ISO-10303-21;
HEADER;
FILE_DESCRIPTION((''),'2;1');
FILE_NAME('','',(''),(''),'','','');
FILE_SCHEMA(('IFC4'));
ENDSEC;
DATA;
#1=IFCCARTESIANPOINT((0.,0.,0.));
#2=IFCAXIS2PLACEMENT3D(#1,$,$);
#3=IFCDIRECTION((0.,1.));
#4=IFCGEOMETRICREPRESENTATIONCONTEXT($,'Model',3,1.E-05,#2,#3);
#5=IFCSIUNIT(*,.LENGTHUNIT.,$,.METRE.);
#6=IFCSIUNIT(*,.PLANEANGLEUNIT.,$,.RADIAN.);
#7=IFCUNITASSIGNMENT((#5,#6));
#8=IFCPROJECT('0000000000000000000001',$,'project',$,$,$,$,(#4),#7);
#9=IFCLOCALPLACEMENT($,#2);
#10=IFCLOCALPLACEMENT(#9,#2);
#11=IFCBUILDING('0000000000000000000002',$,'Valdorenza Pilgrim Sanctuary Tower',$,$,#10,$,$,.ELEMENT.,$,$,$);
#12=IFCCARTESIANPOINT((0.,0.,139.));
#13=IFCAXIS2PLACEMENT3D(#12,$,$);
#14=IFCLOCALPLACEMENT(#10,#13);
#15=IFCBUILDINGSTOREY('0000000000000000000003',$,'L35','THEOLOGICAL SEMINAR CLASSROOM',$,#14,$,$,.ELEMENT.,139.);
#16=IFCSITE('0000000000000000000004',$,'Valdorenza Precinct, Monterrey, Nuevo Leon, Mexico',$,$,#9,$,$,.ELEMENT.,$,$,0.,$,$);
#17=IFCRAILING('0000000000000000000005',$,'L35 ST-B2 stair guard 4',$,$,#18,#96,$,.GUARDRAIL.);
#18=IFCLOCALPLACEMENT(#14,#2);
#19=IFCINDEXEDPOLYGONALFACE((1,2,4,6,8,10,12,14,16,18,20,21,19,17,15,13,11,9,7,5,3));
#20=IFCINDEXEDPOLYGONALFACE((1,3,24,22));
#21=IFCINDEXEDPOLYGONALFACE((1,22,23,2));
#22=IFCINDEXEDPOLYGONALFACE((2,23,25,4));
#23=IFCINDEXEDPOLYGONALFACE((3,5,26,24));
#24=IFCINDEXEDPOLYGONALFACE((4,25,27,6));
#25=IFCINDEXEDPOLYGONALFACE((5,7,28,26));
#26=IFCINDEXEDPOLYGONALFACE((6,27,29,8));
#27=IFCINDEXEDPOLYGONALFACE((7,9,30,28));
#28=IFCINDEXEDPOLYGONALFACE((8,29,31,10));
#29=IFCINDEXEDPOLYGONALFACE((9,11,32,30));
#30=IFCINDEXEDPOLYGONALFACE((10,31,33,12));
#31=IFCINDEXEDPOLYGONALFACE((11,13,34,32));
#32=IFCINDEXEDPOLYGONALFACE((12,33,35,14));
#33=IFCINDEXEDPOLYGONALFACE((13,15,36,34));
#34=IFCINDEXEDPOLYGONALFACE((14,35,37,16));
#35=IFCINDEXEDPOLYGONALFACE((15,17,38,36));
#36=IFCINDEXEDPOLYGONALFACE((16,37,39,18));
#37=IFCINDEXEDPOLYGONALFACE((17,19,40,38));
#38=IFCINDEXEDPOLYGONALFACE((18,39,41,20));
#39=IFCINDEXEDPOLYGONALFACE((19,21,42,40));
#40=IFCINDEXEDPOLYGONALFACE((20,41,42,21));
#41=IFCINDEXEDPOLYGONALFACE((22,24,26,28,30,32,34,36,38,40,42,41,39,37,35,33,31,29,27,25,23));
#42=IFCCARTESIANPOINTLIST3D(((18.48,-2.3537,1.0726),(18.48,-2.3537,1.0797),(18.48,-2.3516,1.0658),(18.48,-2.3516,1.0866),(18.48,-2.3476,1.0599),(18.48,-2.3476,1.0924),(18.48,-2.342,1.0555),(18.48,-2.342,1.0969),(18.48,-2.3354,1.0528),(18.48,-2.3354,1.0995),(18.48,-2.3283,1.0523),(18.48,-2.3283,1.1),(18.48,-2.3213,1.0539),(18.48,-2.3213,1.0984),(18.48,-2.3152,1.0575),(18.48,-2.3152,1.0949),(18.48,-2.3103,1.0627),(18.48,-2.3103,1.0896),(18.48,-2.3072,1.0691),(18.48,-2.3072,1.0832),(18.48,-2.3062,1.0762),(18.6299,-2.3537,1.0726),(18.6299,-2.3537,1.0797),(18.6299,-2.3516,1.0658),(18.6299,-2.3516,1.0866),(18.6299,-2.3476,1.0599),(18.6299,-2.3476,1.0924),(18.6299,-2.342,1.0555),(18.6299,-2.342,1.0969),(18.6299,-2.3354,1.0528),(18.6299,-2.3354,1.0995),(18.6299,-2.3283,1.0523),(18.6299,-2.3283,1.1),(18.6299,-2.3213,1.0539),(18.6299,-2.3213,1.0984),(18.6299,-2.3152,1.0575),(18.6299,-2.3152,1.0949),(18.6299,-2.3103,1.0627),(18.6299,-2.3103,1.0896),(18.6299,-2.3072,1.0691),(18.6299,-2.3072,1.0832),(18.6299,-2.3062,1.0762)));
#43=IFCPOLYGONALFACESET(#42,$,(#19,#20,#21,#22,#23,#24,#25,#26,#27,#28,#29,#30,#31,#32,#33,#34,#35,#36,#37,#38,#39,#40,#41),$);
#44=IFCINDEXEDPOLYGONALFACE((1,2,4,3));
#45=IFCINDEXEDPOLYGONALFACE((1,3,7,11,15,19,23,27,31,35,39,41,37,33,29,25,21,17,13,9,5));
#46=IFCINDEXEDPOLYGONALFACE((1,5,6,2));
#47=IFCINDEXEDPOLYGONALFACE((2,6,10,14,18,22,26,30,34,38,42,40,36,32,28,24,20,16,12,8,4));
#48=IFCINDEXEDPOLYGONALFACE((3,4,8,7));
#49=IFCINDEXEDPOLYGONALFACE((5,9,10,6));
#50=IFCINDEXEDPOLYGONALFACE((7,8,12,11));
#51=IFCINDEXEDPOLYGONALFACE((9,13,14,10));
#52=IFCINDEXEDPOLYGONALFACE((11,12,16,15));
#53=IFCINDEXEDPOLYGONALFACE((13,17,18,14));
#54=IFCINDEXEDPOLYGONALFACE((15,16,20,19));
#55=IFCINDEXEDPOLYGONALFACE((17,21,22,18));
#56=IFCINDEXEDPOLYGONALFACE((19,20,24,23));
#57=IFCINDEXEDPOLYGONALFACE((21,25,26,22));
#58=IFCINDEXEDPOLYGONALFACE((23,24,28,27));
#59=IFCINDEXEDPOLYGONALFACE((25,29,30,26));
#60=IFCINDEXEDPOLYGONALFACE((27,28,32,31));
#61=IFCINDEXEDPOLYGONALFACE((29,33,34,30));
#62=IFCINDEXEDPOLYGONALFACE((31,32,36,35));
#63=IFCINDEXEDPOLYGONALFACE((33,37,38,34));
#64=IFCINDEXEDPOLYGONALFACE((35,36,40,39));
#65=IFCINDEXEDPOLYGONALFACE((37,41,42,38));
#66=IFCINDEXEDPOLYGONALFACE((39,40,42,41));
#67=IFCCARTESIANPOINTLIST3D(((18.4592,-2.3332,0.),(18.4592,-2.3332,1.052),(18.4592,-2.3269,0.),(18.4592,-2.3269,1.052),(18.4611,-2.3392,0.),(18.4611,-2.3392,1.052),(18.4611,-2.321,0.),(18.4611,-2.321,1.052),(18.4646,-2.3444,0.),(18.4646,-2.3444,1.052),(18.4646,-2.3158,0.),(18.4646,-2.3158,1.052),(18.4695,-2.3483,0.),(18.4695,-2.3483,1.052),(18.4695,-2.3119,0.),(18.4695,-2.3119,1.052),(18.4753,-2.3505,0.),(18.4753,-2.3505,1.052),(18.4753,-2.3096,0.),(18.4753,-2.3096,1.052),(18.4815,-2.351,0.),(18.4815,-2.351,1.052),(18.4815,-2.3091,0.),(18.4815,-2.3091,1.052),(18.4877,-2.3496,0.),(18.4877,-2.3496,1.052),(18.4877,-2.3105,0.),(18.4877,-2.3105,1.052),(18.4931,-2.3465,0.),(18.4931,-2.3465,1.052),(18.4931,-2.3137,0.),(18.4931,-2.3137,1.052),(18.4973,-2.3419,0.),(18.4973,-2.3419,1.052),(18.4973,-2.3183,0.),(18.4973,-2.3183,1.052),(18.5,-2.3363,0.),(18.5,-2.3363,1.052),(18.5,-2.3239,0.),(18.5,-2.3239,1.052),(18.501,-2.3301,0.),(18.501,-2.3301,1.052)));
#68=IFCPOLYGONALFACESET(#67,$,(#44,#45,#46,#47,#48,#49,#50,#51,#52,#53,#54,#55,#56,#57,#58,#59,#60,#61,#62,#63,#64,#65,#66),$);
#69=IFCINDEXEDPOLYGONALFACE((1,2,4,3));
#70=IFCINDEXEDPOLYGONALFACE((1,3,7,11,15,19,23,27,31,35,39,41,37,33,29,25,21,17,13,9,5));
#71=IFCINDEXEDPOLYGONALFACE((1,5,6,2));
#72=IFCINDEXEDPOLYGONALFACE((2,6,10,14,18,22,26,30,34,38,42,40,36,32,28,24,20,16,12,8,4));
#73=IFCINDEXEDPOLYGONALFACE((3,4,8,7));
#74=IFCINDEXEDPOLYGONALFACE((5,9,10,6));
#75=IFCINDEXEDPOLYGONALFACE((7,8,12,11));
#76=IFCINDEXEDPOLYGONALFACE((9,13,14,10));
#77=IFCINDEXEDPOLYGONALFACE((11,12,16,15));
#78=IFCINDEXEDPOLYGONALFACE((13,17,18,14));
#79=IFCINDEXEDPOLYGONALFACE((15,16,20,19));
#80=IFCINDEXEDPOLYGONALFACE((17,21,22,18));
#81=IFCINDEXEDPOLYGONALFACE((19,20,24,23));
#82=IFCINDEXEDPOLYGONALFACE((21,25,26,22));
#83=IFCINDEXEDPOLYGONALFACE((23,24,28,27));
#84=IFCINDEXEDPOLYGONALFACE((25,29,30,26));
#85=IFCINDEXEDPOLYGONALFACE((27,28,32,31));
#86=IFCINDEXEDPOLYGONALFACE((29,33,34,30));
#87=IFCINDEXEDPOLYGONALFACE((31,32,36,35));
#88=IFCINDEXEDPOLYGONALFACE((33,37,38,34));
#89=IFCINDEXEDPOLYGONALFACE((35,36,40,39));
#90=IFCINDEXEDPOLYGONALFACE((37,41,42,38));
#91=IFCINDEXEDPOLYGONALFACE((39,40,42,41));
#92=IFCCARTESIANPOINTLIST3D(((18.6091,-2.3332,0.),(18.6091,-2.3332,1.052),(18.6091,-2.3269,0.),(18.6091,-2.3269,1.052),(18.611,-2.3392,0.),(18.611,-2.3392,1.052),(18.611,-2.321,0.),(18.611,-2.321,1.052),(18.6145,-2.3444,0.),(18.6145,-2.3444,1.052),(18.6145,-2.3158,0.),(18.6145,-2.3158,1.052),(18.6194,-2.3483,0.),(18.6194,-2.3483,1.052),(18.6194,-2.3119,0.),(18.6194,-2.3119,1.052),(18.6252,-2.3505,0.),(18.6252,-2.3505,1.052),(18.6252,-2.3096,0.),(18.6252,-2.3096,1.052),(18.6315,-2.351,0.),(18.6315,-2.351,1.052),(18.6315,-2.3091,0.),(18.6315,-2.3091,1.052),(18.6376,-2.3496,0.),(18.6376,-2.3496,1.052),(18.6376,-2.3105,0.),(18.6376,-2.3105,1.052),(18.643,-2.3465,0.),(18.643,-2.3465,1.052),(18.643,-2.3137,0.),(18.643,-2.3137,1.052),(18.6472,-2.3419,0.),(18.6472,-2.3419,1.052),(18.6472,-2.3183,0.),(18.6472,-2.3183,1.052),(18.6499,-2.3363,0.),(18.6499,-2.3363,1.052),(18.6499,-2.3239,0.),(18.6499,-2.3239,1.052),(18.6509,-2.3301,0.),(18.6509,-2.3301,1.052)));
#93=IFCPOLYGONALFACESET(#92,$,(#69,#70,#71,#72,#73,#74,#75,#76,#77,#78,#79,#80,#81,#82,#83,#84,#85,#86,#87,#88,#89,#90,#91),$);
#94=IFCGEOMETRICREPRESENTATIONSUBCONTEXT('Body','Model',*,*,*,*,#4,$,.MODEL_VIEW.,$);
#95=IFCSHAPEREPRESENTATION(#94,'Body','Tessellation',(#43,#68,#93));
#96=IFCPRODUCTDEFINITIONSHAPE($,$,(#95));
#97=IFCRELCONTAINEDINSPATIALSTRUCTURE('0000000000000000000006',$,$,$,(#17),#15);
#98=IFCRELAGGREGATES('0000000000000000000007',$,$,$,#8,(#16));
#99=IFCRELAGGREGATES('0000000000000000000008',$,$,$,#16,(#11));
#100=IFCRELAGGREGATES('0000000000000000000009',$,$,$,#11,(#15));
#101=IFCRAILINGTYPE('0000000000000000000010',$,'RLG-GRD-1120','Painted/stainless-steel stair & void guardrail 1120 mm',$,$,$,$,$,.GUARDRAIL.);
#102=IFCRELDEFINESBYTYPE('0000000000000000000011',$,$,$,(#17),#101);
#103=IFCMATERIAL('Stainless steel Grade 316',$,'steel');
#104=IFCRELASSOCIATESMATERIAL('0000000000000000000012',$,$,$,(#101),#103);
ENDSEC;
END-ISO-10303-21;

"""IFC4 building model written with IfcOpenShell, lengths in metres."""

from ifc_helpers import new_model, si_unit, direction, frame, origin, origin_2d, place, context, subcontext, project, spatial, circle, extrude, material, type_object, element, save


model = new_model("IFC4")

# Units and contexts
model_context = context("Model", 3, precision=1e-05, world=origin(), true_north=direction((0.0, 1.0)))
body_context = subcontext(model_context, "Body", "Model", "MODEL_VIEW")
ifc_project = project(units=[si_unit("LENGTHUNIT", "METRE"), si_unit("PLANEANGLEUNIT", "RADIAN")], contexts=[model_context])

# Site, building, storey
site_placement = place(None, origin())
site = spatial("IfcSite", under=ifc_project, at=site_placement, Name="Valdorenza Precinct, Monterrey, Nuevo Leon, Mexico", CompositionType="ELEMENT", RefElevation=0.0)
building_placement = place(site_placement, origin())
building = spatial("IfcBuilding", under=site, at=building_placement, Name="Valdorenza Pilgrim Sanctuary Tower", CompositionType="ELEMENT")
storey_placement = place(building_placement, frame((0.0, 0.0, 139.0)))
storey = spatial("IfcBuildingStorey", under=building, at=storey_placement, Name="L35", Description="THEOLOGICAL SEMINAR CLASSROOM", CompositionType="ELEMENT", Elevation=139.0)

# Railing
ifc_material_1 = material(Name="Stainless steel Grade 316", Category="steel")
railing_type_1 = type_object("IfcRailingType", Name="RLG-GRD-1120", Description="Painted/stainless-steel stair & void guardrail 1120 mm", PredefinedType="GUARDRAIL", material=ifc_material_1)
railing_1_placement = place(storey_placement, frame((18.48, -2.3301, 0.0)))
element("IfcRailing", 1, at=railing_1_placement, inside=storey, type_object=railing_type_1, Name="L35 ST-B2 stair guard 4", PredefinedType="GUARDRAIL", context=body_context, shape_type="SweptSolid", body=[
    extrude(circle(Radius=0.0239, at=origin_2d()), frame((0.0, 0.0, 1.0762), z_axis=(1.0, 0.0, 0.0), x_axis=(0.0, 1.0, 0.0)), (0.0, 0.0, 1.0), 0.1499),
    extrude(circle(Radius=0.021, at=origin_2d()), origin(), (0.0, 0.0, 1.0), 1.052),
    extrude(circle(Radius=0.021, at=origin_2d()), frame((0.1499, 0.0, 0.0)), (0.0, 0.0, 1.0), 1.052),
])

save(model, "model.ifc")
